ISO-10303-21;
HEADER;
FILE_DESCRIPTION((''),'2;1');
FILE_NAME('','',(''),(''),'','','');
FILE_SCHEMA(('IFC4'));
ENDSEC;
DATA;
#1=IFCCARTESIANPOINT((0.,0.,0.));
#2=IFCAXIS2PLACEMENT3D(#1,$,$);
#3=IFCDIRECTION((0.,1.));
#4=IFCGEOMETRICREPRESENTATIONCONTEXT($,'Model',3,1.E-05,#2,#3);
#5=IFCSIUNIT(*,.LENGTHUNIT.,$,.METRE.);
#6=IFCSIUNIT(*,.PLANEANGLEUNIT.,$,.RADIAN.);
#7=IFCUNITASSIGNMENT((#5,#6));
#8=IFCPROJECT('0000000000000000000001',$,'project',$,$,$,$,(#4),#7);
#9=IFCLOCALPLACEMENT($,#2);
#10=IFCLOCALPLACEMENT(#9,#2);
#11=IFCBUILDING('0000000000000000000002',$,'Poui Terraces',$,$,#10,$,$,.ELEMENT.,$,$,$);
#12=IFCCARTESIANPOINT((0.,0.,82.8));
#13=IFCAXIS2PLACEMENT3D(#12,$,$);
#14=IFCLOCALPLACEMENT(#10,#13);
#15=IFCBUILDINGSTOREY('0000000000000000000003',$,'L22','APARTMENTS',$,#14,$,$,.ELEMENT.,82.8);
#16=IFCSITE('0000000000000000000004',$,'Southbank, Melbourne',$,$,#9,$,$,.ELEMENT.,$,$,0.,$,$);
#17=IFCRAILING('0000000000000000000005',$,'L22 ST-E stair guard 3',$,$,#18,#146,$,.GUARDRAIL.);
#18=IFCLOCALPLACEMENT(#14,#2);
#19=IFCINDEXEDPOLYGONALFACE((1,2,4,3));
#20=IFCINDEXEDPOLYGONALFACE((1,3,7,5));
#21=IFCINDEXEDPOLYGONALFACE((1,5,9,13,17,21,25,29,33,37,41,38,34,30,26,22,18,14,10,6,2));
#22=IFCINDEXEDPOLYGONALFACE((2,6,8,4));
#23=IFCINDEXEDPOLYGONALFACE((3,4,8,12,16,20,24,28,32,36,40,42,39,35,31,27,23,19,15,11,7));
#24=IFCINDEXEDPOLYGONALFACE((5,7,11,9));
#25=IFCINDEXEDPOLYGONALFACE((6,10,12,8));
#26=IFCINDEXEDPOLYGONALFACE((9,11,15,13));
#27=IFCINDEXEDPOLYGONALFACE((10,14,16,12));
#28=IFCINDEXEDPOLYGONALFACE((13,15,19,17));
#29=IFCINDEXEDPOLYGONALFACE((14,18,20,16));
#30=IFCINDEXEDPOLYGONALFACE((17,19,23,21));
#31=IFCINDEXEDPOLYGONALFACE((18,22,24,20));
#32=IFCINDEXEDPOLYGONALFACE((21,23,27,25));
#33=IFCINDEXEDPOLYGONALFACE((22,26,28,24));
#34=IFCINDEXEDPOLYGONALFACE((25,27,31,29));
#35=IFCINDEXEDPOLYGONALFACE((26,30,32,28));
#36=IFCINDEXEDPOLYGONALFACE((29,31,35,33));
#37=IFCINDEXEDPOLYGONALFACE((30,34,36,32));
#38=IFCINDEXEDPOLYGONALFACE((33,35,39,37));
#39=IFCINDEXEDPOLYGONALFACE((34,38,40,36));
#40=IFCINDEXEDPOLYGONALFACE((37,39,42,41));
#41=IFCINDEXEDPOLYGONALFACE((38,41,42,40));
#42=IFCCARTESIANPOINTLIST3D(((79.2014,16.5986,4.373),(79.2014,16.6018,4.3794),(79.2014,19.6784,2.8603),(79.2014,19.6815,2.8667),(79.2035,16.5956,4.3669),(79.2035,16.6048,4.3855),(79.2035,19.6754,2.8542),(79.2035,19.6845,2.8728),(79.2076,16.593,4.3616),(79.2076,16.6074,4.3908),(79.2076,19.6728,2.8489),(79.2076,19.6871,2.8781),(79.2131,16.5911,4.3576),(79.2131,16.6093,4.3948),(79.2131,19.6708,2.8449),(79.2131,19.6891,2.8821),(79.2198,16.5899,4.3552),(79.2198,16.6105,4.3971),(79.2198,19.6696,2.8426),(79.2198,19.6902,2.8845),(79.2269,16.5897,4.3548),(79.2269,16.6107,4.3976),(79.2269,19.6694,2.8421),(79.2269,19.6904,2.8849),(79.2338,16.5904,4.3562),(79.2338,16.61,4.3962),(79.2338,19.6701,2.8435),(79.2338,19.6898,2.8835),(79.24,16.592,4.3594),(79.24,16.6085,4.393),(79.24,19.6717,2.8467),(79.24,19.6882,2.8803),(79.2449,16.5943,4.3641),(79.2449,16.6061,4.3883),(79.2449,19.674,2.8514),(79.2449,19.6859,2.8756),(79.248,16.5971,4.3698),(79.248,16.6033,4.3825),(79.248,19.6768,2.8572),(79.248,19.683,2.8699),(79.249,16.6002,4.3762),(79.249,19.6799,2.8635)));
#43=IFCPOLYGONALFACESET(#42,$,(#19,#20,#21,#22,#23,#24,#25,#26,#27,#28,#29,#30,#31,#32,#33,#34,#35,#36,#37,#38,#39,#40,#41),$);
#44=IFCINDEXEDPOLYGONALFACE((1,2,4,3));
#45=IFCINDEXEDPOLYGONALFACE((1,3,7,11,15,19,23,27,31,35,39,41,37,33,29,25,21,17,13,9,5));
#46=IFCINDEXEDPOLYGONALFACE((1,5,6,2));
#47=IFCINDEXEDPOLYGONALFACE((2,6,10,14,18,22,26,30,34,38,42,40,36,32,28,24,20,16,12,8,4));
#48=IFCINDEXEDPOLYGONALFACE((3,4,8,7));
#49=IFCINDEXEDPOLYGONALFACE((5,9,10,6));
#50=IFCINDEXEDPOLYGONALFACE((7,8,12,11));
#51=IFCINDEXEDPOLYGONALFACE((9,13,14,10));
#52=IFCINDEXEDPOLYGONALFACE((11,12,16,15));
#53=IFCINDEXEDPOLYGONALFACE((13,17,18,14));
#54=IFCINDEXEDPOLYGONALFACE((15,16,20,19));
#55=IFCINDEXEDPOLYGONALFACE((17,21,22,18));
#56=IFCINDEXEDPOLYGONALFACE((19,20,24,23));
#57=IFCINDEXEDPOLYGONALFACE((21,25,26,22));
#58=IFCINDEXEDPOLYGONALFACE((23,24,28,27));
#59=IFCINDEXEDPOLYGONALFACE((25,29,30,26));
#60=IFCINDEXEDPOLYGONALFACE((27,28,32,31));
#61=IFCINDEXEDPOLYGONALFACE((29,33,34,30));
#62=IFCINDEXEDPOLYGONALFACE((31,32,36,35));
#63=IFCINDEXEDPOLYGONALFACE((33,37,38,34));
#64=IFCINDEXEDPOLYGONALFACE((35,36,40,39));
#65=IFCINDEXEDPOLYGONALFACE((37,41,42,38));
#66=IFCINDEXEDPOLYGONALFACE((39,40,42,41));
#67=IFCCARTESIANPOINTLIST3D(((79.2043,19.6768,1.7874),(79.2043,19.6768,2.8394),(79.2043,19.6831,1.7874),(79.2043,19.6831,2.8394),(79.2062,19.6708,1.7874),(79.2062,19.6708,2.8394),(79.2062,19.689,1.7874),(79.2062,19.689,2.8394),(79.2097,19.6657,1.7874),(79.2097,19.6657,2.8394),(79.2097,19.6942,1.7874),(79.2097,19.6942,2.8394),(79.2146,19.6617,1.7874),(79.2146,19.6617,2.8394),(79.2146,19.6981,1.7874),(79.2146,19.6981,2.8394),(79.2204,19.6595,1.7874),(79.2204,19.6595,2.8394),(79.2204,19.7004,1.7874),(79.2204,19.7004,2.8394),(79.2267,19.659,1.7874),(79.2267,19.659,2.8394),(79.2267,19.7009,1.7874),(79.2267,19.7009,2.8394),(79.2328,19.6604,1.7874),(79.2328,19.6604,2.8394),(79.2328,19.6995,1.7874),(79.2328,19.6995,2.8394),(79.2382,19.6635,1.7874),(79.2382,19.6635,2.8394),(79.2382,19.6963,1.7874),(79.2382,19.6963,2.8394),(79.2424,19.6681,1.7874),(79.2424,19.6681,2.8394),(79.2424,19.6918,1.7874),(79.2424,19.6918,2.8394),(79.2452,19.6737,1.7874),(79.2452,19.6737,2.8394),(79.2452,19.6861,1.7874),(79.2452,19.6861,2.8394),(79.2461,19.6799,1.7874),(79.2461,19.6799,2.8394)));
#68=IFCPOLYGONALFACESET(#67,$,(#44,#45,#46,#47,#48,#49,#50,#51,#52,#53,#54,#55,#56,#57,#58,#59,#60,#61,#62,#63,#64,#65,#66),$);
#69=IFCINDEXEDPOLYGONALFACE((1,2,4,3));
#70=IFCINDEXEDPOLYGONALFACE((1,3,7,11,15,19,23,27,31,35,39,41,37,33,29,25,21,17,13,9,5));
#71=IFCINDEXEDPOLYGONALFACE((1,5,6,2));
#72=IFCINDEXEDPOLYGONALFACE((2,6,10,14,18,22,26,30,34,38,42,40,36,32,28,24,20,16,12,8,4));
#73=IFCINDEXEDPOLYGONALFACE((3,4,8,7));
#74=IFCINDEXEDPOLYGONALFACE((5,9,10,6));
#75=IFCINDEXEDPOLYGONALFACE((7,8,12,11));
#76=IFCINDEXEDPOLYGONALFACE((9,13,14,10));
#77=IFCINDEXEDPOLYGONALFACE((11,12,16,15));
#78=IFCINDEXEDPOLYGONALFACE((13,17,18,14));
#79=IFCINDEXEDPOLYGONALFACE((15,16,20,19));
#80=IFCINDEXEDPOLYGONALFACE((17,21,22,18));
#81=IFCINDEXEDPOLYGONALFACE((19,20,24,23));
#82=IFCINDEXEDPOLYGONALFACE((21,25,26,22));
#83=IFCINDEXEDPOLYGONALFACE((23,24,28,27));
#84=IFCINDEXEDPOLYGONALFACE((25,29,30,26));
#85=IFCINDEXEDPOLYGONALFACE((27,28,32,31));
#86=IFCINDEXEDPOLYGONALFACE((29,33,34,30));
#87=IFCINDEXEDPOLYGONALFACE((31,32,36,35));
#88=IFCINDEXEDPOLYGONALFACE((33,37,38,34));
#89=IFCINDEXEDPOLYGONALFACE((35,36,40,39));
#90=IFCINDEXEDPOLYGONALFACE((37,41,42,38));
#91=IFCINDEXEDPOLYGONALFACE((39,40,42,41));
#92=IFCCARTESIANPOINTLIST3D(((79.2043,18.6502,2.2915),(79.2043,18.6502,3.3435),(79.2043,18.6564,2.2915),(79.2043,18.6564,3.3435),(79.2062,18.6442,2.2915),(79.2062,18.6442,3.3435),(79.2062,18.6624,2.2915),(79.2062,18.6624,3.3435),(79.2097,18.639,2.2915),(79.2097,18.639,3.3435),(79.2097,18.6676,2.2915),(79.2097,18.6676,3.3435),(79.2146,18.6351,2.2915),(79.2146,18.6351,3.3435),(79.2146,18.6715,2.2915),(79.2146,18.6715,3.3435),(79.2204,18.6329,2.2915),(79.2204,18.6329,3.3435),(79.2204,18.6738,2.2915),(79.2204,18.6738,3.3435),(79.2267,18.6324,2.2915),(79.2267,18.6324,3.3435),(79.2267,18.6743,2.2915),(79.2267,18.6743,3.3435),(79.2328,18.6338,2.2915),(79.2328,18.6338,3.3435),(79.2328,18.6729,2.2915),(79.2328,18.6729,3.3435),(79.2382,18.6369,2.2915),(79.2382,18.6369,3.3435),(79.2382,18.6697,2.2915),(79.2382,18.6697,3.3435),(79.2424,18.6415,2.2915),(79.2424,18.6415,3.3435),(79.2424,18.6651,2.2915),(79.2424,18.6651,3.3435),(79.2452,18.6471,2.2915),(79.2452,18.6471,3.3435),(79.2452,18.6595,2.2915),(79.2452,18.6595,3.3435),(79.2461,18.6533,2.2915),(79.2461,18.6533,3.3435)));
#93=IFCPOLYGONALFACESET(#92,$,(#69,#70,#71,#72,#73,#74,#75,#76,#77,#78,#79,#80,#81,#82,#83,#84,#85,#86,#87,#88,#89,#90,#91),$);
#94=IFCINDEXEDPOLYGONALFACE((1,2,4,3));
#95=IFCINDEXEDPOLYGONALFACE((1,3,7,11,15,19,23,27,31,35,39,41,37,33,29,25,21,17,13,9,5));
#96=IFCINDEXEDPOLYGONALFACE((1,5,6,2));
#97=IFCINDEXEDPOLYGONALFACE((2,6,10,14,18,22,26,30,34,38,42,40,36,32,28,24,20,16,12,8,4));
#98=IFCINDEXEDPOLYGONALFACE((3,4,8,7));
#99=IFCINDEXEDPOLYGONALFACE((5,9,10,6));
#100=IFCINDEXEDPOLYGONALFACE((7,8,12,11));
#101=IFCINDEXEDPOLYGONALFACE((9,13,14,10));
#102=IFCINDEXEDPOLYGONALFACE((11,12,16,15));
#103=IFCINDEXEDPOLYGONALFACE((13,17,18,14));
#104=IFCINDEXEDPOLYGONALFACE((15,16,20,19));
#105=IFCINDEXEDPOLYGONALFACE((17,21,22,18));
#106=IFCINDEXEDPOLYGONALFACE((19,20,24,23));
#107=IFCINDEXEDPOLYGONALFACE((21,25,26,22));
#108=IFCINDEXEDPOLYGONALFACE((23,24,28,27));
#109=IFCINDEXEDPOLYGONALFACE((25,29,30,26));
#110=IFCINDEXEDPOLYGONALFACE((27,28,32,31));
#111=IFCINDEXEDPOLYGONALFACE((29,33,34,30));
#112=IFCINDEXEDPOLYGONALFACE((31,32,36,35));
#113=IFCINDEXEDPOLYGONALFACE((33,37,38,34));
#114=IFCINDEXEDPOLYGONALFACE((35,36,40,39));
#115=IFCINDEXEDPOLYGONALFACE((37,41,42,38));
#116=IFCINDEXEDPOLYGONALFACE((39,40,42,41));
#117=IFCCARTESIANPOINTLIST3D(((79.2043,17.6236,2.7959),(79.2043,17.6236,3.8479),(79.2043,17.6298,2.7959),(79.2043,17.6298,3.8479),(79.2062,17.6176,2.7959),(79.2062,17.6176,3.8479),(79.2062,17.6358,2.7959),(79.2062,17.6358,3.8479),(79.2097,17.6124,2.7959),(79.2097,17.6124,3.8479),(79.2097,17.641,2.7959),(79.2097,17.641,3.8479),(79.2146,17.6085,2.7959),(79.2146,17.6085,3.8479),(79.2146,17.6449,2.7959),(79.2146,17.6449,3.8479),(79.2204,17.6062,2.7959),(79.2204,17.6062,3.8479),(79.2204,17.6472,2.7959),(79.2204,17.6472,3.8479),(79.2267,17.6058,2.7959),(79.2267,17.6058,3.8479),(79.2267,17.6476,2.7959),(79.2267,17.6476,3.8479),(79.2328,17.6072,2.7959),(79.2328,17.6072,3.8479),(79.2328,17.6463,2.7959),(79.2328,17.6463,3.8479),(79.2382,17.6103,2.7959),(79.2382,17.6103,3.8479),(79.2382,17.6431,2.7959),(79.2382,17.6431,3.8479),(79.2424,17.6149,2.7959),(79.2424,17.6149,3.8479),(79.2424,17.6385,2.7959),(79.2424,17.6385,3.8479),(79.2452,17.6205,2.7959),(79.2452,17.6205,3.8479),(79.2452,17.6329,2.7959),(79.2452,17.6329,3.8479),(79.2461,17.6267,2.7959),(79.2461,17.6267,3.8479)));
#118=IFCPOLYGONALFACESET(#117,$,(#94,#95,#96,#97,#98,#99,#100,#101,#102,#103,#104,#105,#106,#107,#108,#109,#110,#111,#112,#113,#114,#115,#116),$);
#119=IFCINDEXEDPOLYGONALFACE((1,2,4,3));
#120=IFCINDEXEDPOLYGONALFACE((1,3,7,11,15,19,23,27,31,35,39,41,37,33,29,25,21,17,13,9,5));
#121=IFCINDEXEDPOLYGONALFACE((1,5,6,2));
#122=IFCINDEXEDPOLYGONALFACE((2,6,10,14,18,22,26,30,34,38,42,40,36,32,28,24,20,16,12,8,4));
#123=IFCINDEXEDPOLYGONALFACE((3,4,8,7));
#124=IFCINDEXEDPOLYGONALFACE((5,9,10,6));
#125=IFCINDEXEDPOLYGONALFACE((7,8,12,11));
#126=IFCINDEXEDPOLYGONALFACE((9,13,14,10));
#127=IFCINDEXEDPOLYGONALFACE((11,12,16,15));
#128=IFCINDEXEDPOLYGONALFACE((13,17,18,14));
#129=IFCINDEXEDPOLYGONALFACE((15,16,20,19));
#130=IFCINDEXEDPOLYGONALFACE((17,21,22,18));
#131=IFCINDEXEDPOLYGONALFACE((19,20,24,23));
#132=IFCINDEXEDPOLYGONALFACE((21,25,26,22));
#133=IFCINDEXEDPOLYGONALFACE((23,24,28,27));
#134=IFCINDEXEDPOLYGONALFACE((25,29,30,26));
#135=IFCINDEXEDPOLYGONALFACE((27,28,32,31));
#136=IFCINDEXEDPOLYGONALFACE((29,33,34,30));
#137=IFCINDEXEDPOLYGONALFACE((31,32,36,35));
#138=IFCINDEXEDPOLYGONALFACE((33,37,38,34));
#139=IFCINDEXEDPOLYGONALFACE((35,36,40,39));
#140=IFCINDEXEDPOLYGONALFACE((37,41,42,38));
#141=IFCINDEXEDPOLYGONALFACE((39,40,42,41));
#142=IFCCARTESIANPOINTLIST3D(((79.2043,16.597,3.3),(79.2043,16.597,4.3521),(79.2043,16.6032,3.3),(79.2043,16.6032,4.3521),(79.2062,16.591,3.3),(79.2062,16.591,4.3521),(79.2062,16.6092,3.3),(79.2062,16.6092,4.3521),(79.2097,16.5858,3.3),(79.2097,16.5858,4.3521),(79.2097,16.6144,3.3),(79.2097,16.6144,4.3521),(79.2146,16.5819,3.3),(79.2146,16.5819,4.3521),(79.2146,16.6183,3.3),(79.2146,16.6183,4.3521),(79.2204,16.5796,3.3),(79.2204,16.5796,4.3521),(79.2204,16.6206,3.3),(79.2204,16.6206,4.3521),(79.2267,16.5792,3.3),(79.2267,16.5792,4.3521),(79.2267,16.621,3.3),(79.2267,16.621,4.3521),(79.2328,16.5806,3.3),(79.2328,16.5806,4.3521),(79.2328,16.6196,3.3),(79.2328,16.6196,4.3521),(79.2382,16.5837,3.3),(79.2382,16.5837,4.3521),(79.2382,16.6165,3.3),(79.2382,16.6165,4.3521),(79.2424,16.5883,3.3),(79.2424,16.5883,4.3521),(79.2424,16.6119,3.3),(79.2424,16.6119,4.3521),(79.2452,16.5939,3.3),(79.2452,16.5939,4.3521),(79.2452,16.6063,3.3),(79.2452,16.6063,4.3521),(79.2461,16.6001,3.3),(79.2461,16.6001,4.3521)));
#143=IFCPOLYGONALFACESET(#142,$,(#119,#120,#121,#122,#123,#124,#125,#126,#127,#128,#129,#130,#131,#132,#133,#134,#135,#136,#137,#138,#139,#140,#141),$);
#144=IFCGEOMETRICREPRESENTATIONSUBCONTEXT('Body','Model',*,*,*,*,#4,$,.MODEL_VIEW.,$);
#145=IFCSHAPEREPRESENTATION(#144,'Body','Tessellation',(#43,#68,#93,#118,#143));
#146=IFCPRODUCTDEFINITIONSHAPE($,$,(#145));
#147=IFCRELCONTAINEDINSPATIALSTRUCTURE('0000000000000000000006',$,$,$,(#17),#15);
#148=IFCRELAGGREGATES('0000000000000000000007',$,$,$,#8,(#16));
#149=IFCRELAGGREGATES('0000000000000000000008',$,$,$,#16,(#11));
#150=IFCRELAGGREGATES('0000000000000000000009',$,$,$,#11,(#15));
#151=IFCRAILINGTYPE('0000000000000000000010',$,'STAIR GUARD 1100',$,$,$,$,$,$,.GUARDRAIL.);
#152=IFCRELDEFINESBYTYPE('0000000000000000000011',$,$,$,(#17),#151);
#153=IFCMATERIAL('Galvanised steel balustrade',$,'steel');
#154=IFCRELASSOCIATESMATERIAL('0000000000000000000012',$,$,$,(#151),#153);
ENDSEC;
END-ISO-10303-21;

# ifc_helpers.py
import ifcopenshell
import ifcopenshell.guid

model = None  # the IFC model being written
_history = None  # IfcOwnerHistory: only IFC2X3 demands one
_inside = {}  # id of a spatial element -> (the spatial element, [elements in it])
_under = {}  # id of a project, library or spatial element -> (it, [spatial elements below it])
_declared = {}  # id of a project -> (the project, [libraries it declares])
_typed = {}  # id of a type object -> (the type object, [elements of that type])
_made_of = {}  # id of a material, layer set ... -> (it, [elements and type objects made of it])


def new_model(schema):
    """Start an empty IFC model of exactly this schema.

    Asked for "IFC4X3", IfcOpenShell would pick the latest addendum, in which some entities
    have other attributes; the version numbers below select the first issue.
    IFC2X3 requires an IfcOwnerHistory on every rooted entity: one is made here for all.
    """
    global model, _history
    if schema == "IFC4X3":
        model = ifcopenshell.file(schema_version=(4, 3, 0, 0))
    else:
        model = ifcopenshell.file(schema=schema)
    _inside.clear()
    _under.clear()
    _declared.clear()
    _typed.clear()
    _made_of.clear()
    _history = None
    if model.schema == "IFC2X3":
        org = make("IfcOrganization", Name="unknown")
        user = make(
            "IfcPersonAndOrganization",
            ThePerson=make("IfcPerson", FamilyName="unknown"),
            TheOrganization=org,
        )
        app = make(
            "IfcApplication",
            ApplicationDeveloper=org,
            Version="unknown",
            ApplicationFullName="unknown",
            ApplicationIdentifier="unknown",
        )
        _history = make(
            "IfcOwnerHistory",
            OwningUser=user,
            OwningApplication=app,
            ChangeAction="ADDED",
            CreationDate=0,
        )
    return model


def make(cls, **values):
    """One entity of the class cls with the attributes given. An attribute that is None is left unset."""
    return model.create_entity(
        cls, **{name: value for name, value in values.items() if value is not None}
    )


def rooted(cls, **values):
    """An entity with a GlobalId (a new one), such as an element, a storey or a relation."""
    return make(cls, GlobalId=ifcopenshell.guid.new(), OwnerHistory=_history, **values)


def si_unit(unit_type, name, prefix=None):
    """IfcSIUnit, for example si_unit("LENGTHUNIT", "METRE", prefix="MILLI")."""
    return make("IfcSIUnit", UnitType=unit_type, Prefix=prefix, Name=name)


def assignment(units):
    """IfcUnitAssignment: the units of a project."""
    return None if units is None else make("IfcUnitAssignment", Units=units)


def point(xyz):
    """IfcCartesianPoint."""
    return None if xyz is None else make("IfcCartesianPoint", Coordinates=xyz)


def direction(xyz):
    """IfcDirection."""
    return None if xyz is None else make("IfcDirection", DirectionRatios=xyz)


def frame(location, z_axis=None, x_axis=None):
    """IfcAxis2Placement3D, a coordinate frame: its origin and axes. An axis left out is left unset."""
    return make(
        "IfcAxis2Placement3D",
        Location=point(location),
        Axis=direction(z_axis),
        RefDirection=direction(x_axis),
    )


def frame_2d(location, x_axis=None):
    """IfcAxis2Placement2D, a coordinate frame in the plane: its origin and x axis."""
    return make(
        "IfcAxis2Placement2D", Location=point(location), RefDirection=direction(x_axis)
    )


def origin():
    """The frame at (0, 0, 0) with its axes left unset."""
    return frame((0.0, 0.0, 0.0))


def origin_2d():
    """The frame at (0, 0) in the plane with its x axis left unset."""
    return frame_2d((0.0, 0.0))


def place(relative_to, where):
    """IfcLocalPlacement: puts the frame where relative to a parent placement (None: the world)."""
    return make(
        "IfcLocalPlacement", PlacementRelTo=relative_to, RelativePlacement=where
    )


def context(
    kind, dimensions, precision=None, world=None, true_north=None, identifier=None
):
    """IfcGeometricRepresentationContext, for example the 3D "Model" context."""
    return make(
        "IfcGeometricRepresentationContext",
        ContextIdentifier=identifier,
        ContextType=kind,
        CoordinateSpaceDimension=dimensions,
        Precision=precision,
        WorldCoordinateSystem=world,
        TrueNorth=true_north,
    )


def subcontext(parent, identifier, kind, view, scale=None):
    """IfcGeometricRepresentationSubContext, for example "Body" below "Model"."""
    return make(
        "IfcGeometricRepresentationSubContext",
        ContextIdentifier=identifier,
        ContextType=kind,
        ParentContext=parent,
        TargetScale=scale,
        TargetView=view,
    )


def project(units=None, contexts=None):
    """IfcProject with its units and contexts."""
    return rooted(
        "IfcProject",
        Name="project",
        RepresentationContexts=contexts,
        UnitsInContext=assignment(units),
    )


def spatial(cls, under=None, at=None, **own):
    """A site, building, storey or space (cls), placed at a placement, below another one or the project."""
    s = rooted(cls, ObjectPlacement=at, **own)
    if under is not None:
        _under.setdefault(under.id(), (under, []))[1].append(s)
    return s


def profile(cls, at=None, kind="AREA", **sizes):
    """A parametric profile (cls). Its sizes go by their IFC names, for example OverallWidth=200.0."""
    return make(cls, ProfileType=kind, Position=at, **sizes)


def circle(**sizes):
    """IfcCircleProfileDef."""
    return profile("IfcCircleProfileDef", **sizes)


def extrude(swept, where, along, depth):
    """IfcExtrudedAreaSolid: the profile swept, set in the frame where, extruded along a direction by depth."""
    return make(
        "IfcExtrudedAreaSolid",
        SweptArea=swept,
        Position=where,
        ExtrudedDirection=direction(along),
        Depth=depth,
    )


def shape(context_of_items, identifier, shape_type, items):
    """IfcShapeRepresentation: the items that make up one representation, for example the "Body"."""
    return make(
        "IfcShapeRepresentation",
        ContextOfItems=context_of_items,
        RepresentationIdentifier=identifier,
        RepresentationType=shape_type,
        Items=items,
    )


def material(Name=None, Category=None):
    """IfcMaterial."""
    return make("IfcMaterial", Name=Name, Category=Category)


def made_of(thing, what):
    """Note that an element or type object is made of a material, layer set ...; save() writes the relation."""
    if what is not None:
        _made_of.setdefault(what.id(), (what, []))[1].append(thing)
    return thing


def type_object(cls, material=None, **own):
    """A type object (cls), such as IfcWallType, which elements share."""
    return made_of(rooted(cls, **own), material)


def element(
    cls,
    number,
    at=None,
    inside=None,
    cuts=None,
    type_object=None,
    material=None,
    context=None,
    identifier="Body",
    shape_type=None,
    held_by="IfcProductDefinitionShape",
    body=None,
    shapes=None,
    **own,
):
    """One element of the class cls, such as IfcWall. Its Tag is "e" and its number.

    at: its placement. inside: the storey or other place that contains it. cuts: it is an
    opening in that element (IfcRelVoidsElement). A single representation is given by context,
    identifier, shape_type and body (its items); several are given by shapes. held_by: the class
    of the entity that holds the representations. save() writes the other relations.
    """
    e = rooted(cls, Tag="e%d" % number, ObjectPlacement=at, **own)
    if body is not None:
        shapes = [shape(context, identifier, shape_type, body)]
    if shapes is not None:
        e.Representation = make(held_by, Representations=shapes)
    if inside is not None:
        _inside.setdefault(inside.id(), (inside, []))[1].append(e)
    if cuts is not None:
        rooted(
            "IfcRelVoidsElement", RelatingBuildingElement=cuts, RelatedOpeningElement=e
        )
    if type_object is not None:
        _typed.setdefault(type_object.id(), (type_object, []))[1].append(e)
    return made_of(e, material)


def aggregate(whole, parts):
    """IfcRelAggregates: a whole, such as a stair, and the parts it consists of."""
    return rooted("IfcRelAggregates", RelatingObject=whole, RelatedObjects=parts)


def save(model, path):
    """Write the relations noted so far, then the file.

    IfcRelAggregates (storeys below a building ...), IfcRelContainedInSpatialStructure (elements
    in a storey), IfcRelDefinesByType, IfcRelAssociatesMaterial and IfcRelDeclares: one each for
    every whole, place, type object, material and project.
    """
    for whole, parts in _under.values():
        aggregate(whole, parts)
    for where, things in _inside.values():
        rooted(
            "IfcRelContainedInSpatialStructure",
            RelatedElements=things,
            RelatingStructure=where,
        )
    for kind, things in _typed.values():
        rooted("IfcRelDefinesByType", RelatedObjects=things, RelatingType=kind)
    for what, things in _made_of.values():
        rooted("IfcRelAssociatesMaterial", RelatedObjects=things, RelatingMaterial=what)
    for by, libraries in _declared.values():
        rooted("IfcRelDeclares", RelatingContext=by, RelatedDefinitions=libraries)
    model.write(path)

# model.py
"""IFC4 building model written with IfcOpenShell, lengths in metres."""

from ifc_helpers import new_model, si_unit, direction, frame, origin, origin_2d, place, context, subcontext, project, spatial, circle, extrude, material, type_object, element, save


model = new_model("IFC4")

# Units and contexts
model_context = context("Model", 3, precision=1e-05, world=origin(), true_north=direction((0.0, 1.0)))
body_context = subcontext(model_context, "Body", "Model", "MODEL_VIEW")
ifc_project = project(units=[si_unit("LENGTHUNIT", "METRE"), si_unit("PLANEANGLEUNIT", "RADIAN")], contexts=[model_context])

# Site, building, storey
site_placement = place(None, origin())
site = spatial("IfcSite", under=ifc_project, at=site_placement, Name="Southbank, Melbourne", CompositionType="ELEMENT", RefElevation=0.0)
building_placement = place(site_placement, origin())
building = spatial("IfcBuilding", under=site, at=building_placement, Name="Poui Terraces", CompositionType="ELEMENT")
storey_placement = place(building_placement, frame((0.0, 0.0, 82.8)))
storey = spatial("IfcBuildingStorey", under=building, at=storey_placement, Name="L22", Description="APARTMENTS", CompositionType="ELEMENT", Elevation=82.8)

# Railing
ifc_material_1 = material(Name="Galvanised steel balustrade", Category="steel")
railing_type_1 = type_object("IfcRailingType", Name="STAIR GUARD 1100", PredefinedType="GUARDRAIL", material=ifc_material_1)
railing_1_placement = place(storey_placement, frame((79.2251, 19.6799, 1.7874)))
element("IfcRailing", 1, at=railing_1_placement, inside=storey, type_object=railing_type_1, Name="L22 ST-E stair guard 3", PredefinedType="GUARDRAIL", context=body_context, shape_type="SweptSolid", body=[
    extrude(circle(Radius=0.0239, at=origin_2d()), frame((0.0, 0.0, 1.0762), z_axis=(0.0, -0.897578, 0.440856), x_axis=(1.0, 0.0, 0.0)), (0.0, 0.0, 1.0), 3.4312),
    extrude(circle(Radius=0.021, at=origin_2d()), origin(), (0.0, 0.0, 1.0), 1.052),
    extrude(circle(Radius=0.021, at=origin_2d()), frame((0.0, -1.0266, 0.5042)), (0.0, 0.0, 1.0), 1.052),
    extrude(circle(Radius=0.021, at=origin_2d()), frame((0.0, -2.0532, 1.0085)), (0.0, 0.0, 1.0), 1.052),
    extrude(circle(Radius=0.021, at=origin_2d()), frame((0.0, -3.0798, 1.5127)), (0.0, 0.0, 1.0), 1.052),
])

save(model, "model.ifc")
